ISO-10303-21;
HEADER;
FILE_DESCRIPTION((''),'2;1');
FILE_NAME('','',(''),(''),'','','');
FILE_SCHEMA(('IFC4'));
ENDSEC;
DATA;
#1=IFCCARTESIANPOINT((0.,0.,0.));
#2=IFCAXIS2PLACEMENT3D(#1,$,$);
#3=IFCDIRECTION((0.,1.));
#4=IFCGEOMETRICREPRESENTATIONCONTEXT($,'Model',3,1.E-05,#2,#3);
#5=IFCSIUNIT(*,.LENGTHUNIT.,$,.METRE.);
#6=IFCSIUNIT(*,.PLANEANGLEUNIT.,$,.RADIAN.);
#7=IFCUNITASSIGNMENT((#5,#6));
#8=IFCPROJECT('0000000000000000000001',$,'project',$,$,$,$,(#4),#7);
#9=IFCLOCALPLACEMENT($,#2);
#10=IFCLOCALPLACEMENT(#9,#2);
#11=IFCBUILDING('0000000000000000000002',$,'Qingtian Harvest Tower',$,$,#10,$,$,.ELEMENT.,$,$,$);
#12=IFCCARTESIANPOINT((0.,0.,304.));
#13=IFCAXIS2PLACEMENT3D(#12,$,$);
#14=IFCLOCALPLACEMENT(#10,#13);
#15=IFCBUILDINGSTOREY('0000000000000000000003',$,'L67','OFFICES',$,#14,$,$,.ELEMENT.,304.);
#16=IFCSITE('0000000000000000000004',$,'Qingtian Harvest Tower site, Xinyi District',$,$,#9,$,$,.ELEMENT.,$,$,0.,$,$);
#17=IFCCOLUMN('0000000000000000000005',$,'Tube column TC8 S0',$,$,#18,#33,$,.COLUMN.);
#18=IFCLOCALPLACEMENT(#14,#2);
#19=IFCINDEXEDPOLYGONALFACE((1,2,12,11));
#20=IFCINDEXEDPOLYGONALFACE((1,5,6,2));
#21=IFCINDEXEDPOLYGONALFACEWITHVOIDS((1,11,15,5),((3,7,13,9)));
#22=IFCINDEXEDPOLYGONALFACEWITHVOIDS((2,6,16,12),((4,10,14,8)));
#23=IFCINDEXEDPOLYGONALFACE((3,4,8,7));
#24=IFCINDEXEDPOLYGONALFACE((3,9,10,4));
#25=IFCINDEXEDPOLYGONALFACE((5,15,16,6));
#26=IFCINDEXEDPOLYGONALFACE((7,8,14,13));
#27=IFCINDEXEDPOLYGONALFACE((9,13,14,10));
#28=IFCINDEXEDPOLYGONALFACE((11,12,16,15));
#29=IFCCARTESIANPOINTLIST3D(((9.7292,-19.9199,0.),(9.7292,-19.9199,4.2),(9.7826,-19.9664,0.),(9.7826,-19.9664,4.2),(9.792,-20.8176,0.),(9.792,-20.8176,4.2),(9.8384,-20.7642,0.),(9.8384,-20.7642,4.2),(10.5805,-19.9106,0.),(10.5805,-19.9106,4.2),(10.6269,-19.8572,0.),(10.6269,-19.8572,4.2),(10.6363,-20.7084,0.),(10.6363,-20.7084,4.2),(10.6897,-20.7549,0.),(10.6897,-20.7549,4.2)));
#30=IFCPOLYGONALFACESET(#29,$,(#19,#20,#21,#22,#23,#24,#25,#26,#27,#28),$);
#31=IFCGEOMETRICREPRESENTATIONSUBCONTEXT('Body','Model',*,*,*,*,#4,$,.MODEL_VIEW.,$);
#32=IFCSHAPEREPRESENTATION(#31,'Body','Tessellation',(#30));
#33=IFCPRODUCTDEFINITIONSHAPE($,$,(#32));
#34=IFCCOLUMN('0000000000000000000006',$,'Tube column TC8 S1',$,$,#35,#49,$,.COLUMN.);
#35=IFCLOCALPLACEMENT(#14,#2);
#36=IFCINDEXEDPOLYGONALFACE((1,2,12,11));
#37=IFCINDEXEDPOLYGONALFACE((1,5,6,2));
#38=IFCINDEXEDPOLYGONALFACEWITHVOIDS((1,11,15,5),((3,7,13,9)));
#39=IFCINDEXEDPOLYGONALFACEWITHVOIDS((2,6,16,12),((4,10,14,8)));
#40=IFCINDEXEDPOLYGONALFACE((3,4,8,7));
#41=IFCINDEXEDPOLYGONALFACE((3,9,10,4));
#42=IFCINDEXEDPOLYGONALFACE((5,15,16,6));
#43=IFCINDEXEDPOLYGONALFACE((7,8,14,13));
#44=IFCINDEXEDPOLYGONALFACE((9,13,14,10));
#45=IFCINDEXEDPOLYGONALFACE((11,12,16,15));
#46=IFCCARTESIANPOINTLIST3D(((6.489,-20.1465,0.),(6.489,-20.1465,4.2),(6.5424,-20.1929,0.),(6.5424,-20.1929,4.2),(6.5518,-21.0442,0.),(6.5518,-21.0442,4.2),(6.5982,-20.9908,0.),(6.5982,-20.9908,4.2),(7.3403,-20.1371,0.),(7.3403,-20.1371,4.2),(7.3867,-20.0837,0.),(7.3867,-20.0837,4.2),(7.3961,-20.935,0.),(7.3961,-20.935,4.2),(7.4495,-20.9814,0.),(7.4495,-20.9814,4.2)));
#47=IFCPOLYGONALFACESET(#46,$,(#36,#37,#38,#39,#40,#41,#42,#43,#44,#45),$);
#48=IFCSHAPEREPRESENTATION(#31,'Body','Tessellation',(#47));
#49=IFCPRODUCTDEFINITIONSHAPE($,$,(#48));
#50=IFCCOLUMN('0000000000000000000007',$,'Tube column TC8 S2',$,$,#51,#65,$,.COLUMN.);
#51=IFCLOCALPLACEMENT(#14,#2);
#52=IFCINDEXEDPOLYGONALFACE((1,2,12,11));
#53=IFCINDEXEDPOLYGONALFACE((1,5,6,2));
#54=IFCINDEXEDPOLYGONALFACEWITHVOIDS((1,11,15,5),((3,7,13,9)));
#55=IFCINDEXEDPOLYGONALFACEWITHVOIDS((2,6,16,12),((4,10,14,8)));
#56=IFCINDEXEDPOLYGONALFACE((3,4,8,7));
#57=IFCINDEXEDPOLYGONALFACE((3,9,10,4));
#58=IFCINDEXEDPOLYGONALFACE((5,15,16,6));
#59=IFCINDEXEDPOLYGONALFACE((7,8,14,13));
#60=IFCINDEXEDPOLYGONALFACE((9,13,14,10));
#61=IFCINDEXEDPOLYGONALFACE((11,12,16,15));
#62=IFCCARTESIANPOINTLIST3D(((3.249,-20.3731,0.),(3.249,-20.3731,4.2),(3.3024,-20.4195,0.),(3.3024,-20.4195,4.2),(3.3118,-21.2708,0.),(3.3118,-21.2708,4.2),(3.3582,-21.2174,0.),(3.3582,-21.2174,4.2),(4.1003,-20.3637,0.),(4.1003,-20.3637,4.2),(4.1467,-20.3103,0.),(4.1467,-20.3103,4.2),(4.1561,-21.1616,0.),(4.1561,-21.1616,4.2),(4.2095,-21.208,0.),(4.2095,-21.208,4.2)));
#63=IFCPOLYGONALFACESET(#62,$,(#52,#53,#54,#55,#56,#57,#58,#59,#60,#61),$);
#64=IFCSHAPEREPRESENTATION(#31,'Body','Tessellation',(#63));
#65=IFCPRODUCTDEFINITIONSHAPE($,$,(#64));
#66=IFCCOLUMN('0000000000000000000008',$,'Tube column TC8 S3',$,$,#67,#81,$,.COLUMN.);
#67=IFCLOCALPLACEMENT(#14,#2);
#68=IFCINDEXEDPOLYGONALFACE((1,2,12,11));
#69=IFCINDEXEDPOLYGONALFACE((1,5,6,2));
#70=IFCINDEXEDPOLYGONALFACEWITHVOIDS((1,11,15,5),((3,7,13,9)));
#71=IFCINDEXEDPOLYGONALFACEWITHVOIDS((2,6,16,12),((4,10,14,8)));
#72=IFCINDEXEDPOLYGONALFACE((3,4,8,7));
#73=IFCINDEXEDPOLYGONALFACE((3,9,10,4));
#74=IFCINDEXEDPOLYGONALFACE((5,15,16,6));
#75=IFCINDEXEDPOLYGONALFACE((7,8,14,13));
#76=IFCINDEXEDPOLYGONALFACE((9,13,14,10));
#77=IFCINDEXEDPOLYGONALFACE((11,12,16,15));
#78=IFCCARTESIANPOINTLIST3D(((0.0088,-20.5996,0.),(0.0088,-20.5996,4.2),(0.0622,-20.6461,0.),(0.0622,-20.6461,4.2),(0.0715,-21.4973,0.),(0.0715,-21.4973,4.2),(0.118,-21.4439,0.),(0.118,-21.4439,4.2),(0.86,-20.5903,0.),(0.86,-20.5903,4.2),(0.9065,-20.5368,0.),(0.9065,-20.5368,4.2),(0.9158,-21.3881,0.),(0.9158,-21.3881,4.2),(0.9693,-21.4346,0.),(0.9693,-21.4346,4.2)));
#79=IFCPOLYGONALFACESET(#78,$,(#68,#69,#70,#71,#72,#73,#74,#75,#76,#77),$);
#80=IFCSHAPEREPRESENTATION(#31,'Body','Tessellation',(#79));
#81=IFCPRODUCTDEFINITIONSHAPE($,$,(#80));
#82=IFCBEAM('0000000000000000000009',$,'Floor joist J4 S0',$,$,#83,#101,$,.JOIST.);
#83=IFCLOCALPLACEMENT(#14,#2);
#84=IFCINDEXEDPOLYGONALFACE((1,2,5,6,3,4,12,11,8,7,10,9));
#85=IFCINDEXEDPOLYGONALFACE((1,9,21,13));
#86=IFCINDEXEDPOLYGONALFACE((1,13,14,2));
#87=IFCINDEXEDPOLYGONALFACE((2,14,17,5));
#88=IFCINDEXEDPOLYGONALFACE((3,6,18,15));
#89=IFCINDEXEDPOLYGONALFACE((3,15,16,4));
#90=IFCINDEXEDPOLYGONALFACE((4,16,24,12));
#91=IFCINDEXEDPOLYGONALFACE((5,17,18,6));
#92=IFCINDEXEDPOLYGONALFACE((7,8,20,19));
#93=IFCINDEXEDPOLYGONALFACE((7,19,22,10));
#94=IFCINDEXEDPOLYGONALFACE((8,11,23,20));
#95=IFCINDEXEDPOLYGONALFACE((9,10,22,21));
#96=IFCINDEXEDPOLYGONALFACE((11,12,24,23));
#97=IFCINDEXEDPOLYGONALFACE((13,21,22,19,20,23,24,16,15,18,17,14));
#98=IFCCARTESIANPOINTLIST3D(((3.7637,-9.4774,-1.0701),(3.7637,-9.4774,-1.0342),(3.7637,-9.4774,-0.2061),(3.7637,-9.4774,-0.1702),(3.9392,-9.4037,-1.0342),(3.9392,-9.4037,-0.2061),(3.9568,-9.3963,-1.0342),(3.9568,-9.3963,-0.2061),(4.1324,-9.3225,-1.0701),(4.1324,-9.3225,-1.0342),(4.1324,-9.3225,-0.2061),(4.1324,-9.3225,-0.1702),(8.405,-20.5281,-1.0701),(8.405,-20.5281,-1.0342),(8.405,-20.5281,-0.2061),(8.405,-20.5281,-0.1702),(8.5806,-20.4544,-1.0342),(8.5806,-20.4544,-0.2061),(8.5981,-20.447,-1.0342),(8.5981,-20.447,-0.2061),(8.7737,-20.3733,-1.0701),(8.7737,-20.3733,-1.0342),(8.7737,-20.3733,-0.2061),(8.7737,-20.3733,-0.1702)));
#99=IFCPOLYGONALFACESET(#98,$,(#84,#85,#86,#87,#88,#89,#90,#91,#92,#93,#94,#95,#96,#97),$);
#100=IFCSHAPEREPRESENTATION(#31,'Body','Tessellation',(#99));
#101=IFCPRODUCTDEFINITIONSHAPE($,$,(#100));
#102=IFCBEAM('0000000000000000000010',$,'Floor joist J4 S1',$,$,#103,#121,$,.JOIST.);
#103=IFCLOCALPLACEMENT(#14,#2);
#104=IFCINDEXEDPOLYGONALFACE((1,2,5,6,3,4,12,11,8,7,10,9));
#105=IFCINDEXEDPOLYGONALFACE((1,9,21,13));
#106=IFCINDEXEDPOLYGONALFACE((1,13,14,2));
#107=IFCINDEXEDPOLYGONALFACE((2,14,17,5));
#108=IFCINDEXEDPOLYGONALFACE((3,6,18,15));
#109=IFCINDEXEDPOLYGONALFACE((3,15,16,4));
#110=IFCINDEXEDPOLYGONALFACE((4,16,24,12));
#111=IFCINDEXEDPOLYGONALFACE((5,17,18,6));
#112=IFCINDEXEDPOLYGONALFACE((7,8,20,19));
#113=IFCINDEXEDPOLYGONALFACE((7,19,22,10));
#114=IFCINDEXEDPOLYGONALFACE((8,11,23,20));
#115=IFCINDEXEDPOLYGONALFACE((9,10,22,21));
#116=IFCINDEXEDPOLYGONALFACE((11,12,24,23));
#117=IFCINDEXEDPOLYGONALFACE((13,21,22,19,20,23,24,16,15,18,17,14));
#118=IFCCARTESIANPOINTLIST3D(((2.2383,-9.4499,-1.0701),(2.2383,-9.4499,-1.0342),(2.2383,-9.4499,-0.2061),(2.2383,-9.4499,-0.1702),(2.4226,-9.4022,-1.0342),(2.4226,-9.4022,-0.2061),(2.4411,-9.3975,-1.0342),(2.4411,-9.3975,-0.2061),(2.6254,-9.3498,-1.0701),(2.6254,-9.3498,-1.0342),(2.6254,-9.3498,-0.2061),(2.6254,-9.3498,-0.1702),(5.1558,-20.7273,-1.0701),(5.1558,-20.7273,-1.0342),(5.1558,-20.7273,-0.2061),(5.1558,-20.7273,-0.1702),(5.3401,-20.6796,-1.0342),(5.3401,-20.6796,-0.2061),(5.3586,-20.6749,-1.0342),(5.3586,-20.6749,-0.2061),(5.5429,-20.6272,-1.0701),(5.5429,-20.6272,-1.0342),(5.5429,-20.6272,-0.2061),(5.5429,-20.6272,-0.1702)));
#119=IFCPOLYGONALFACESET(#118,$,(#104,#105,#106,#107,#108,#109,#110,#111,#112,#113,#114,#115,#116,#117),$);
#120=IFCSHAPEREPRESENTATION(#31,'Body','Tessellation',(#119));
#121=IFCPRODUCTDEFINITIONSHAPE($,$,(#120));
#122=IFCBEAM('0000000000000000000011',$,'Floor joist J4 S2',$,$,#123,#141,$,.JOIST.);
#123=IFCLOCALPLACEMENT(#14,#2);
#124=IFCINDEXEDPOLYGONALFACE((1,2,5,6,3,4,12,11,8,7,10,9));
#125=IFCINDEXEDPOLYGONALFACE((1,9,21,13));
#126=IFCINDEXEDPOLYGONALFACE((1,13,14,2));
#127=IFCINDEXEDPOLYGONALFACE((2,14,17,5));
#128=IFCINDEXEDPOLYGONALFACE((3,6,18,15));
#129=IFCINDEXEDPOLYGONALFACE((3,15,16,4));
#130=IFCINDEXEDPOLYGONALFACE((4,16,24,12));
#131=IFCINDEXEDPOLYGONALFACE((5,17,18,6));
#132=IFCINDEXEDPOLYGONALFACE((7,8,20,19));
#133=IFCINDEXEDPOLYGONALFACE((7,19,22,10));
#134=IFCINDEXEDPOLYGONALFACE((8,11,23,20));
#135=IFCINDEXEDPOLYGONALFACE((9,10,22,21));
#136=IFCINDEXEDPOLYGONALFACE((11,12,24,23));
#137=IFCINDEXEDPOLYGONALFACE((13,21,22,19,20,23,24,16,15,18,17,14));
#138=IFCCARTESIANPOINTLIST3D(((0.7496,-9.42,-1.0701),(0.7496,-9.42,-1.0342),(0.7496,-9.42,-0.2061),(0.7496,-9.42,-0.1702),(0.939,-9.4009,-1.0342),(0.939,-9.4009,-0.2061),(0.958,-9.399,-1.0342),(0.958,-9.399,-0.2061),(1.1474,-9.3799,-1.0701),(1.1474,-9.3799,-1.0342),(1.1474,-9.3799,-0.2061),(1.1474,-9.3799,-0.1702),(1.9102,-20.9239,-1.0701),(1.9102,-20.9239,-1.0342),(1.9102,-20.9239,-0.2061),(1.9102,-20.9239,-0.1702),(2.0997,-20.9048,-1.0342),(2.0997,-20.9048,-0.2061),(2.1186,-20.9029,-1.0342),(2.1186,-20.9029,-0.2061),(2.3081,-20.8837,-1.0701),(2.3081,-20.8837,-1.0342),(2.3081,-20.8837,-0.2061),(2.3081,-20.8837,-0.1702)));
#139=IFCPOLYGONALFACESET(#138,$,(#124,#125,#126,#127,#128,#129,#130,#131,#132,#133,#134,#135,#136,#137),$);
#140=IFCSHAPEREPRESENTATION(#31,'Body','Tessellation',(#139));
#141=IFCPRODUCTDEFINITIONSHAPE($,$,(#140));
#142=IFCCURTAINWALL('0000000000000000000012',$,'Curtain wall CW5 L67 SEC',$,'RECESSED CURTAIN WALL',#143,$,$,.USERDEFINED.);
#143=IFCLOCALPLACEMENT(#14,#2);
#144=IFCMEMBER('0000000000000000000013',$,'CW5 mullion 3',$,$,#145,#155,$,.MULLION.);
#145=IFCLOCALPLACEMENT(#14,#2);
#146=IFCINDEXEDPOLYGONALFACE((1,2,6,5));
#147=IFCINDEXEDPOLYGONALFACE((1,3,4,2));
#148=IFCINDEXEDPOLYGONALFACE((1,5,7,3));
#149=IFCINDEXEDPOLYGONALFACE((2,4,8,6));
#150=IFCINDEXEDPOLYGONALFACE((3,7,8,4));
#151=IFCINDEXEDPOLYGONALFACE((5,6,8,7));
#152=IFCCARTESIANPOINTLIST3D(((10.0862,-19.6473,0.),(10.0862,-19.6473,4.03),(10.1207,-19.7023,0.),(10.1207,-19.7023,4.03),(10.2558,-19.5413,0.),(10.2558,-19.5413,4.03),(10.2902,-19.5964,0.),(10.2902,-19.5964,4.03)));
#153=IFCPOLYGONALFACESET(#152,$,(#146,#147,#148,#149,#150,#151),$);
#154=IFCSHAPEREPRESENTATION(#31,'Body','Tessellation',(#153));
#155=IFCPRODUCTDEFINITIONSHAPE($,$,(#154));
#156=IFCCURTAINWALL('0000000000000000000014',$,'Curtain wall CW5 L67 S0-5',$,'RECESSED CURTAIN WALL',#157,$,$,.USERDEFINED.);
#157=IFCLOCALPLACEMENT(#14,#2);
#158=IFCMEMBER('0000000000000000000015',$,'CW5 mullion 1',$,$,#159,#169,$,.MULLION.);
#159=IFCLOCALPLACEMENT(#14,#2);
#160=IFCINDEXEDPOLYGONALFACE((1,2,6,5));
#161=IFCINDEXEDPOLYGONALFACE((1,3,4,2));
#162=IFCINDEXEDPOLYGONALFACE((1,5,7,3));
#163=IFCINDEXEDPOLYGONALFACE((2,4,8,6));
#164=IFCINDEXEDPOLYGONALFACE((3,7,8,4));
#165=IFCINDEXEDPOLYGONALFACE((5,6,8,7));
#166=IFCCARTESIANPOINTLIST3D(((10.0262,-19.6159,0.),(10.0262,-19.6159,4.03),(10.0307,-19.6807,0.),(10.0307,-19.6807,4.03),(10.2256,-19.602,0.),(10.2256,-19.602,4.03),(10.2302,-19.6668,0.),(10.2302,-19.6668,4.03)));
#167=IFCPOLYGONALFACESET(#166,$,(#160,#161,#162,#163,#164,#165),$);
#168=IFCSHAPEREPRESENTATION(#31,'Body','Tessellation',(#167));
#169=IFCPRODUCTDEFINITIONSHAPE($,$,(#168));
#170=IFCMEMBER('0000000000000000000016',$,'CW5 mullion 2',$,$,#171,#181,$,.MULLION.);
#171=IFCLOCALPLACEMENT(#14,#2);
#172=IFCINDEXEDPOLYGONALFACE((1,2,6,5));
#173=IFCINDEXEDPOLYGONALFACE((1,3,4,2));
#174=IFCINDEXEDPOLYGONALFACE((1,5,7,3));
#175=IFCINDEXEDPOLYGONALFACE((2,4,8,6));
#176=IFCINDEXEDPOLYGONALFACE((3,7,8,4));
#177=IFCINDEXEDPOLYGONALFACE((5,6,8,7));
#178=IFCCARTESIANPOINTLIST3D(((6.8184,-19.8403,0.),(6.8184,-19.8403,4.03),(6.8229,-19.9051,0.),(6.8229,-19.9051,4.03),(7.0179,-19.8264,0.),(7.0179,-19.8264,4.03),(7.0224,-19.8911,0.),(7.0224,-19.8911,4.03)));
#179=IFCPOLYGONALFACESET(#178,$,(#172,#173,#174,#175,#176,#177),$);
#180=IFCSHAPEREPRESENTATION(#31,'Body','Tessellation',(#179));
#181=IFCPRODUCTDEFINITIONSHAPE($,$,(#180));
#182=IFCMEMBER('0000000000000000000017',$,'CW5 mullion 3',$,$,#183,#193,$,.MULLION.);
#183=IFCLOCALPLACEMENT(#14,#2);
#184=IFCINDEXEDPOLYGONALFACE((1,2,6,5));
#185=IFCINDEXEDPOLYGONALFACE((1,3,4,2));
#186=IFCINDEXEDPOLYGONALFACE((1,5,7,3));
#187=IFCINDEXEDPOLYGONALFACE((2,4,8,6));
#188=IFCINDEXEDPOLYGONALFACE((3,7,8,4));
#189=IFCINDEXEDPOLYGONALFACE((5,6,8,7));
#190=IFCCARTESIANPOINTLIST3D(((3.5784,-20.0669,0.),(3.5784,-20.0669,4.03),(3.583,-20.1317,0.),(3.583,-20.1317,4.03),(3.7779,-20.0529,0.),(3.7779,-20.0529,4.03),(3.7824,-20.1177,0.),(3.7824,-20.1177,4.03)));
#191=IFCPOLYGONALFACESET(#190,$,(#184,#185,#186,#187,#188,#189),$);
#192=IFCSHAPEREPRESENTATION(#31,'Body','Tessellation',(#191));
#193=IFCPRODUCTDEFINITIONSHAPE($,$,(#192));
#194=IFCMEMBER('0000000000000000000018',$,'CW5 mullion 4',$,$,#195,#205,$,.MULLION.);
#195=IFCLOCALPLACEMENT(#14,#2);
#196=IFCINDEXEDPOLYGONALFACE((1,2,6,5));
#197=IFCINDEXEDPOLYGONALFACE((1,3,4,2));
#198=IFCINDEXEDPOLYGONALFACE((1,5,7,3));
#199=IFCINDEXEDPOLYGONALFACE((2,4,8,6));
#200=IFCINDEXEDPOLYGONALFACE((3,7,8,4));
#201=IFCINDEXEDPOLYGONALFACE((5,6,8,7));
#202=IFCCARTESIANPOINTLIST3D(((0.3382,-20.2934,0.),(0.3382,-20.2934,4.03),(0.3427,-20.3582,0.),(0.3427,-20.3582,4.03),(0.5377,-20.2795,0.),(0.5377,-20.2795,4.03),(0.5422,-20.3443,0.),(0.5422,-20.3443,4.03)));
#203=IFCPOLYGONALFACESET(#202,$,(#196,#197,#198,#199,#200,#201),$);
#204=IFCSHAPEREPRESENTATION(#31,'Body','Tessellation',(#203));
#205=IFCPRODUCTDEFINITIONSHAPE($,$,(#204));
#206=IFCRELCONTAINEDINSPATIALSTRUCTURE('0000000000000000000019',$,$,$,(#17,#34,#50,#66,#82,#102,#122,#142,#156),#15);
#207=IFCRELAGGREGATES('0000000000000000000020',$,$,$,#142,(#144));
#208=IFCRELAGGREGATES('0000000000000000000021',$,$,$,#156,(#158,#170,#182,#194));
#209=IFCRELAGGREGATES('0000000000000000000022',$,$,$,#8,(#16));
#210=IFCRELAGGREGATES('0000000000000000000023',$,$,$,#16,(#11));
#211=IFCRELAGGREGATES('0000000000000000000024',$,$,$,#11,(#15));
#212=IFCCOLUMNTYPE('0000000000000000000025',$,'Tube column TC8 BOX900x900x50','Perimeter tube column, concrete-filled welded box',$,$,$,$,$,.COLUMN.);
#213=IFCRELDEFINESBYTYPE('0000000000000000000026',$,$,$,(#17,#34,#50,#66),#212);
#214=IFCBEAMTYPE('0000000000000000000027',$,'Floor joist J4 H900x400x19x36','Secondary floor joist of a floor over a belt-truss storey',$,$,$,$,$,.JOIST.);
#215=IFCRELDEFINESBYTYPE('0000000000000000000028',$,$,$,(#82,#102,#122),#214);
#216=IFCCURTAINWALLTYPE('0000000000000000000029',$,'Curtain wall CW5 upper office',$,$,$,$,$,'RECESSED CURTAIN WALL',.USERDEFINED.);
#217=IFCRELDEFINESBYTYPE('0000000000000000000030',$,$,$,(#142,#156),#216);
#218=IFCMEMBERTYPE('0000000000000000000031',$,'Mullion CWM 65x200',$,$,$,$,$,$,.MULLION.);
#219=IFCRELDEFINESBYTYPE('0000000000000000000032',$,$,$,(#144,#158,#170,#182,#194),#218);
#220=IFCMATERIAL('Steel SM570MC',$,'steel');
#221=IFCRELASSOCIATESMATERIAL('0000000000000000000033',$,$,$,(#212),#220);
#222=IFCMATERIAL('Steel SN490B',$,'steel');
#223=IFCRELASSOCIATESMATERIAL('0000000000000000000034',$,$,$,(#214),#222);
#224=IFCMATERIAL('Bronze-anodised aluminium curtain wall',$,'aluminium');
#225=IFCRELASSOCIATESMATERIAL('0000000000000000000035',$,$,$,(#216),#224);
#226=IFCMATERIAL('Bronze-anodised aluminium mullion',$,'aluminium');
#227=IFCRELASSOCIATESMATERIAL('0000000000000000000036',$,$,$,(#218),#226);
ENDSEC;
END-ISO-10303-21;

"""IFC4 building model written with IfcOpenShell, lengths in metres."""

from ifc_helpers import new_model, si_unit, direction, frame, origin, origin_2d, place, context, subcontext, project, spatial, rectangle, hollow_rectangle, i_section, extrude, material, material_profile, profile_set, type_object, element, aggregate, save


model = new_model("IFC4")

# Units and contexts
model_context = context("Model", 3, precision=1e-05, world=origin(), true_north=direction((0.0, 1.0)))
body_context = subcontext(model_context, "Body", "Model", "MODEL_VIEW")
ifc_project = project(units=[si_unit("LENGTHUNIT", "METRE"), si_unit("PLANEANGLEUNIT", "RADIAN")], contexts=[model_context])

# Site, building, storey
site_placement = place(None, origin())
site = spatial("IfcSite", under=ifc_project, at=site_placement, Name="Qingtian Harvest Tower site, Xinyi District", CompositionType="ELEMENT", RefElevation=0.0)
building_placement = place(site_placement, origin())
building = spatial("IfcBuilding", under=site, at=building_placement, Name="Qingtian Harvest Tower", CompositionType="ELEMENT")
storey_placement = place(building_placement, frame((0.0, 0.0, 304.0)))
storey = spatial("IfcBuildingStorey", under=building, at=storey_placement, Name="L67", Description="OFFICES", CompositionType="ELEMENT", Elevation=304.0)

# Columns
ifc_material_1 = material(Name="Steel SM570MC", Category="steel")
ifc_material_profile_1 = material_profile(ifc_material_1, hollow_rectangle(XDim=0.8999, YDim=0.8999, WallThickness=0.05, at=origin_2d()), Name="BOX900x900x50")
ifc_profile_set_1 = profile_set([ifc_material_profile_1], Name="Steel SM570MC")
column_type = type_object("IfcColumnType", Name="Tube column TC8 BOX900x900x50", Description="Perimeter tube column, concrete-filled welded box", PredefinedType="COLUMN", material=ifc_profile_set_1)
for number, where, z_axis, x_axis, name in (
    (1, (10.2095, -20.3374, 0.0), (0.0, 0.0, 1.0), (0.997564, 0.069756, 0.0), "Tube column TC8 S0"),
    (2, (6.9692, -20.564, 0.0), (0.0, 0.0, 1.0), (0.997564, 0.069756, 0.0), "Tube column TC8 S1"),
    (3, (3.7292, -20.7905, 0.0), (0.0, 0.0, 1.0), (0.997564, 0.069756, 0.0), "Tube column TC8 S2"),
    (4, (0.489, -21.0171, 0.0), (0.0, 0.0, 1.0), (0.997564, 0.069756, 0.0), "Tube column TC8 S3"),
):
    element("IfcColumn", number, at=place(storey_placement, frame(where, z_axis=z_axis, x_axis=x_axis)), inside=storey, type_object=column_type, Name=name, PredefinedType="COLUMN", context=body_context, shape_type="SweptSolid", body=[
        extrude(hollow_rectangle(XDim=0.8999, YDim=0.8999, WallThickness=0.05, at=origin_2d()), origin(), (0.0, 0.0, 1.0), 4.2),
    ])

# Beams
ifc_material_2 = material(Name="Steel SN490B", Category="steel")
ifc_material_profile_2 = material_profile(ifc_material_2, i_section(OverallWidth=0.3999, OverallDepth=0.8999, WebThickness=0.019, FlangeThickness=0.0359, at=origin_2d()), Name="H900x400x19x36")
ifc_profile_set_2 = profile_set([ifc_material_profile_2], Name="Steel SN490B")
beam_type_1 = type_object("IfcBeamType", Name="Floor joist J4 H900x400x19x36", Description="Secondary floor joist of a floor over a belt-truss storey", PredefinedType="JOIST", material=ifc_profile_set_2)
beam_1_placement = place(storey_placement, frame((8.5894, -20.4507, -0.6201), z_axis=(-0.387235, 0.921981, 0.0), x_axis=(-0.921981, -0.387235, 0.0)))
element("IfcBeam", 5, at=beam_1_placement, inside=storey, type_object=beam_type_1, Name="Floor joist J4 S0", PredefinedType="JOIST", context=body_context, shape_type="SweptSolid", body=[
    extrude(i_section(OverallWidth=0.3999, OverallDepth=0.8999, WebThickness=0.019, FlangeThickness=0.0359, at=origin_2d()), origin(), (0.0, 0.0, 1.0), 11.9858),
])
beam_2_placement = place(storey_placement, frame((5.3494, -20.6772, -0.6201), z_axis=(-0.250457, 0.968128, 0.0), x_axis=(-0.968128, -0.250457, 0.0)))
element("IfcBeam", 6, at=beam_2_placement, inside=storey, type_object=beam_type_1, Name="Floor joist J4 S1", PredefinedType="JOIST", context=body_context, shape_type="SweptSolid", body=[
    extrude(i_section(OverallWidth=0.3999, OverallDepth=0.8999, WebThickness=0.019, FlangeThickness=0.0359, at=origin_2d()), origin(), (0.0, 0.0, 1.0), 11.6487),
])
beam_3_placement = place(storey_placement, frame((2.1091, -20.9038, -0.6201), z_axis=(-0.100382, 0.994949, 0.0), x_axis=(-0.994949, -0.100382, 0.0)))
element("IfcBeam", 7, at=beam_3_placement, inside=storey, type_object=beam_type_1, Name="Floor joist J4 S2", PredefinedType="JOIST", context=body_context, shape_type="SweptSolid", body=[
    extrude(i_section(OverallWidth=0.3999, OverallDepth=0.8999, WebThickness=0.019, FlangeThickness=0.0359, at=origin_2d()), origin(), (0.0, 0.0, 1.0), 11.5623),
])

# Curtain wall, member
ifc_material_3 = material(Name="Bronze-anodised aluminium curtain wall", Category="aluminium")
curtain_wall_type = type_object("IfcCurtainWallType", Name="Curtain wall CW5 upper office", ElementType="RECESSED CURTAIN WALL", PredefinedType="USERDEFINED", material=ifc_material_3)
curtain_wall_1_placement = place(storey_placement, origin())
curtain_wall_1 = element("IfcCurtainWall", 8, at=curtain_wall_1_placement, inside=storey, type_object=curtain_wall_type, Name="Curtain wall CW5 L67 SEC", ObjectType="RECESSED CURTAIN WALL", PredefinedType="USERDEFINED")
ifc_material_4 = material(Name="Bronze-anodised aluminium mullion", Category="aluminium")
ifc_material_profile_3 = material_profile(ifc_material_4, rectangle(XDim=0.0649, YDim=0.2, at=origin_2d()), Name="AL 65x200")
ifc_profile_set_3 = profile_set([ifc_material_profile_3], Name="Bronze-anodised aluminium mullion")
member_type_1 = type_object("IfcMemberType", Name="Mullion CWM 65x200", PredefinedType="MULLION", material=ifc_profile_set_3)
member_1_placement = place(storey_placement, frame((10.1882, -19.6218, 0.0), z_axis=(0.0, 0.0, 1.0), x_axis=(0.529919, -0.848048, 0.0)))
member_1 = element("IfcMember", 9, at=member_1_placement, type_object=member_type_1, Name="CW5 mullion 3", PredefinedType="MULLION", context=body_context, shape_type="SweptSolid", body=[
    extrude(rectangle(XDim=0.0649, YDim=0.2, at=origin_2d()), origin(), (0.0, 0.0, 1.0), 4.03),
])

# Curtain wall, members
curtain_wall_2_placement = place(storey_placement, origin())
curtain_wall_2 = element("IfcCurtainWall", 10, at=curtain_wall_2_placement, inside=storey, type_object=curtain_wall_type, Name="Curtain wall CW5 L67 S0-5", ObjectType="RECESSED CURTAIN WALL", PredefinedType="USERDEFINED")
member_2_placement = place(storey_placement, frame((10.1282, -19.6414, 0.0), z_axis=(0.0, 0.0, 1.0), x_axis=(0.069756, -0.997564, 0.0)))
member_2 = element("IfcMember", 11, at=member_2_placement, type_object=member_type_1, Name="CW5 mullion 1", PredefinedType="MULLION", context=body_context, shape_type="SweptSolid", body=[
    extrude(rectangle(XDim=0.0649, YDim=0.2, at=origin_2d()), origin(), (0.0, 0.0, 1.0), 4.03),
])
member_3_placement = place(storey_placement, frame((6.9204, -19.8657, 0.0), z_axis=(0.0, 0.0, 1.0), x_axis=(0.069756, -0.997564, 0.0)))
member_3 = element("IfcMember", 12, at=member_3_placement, type_object=member_type_1, Name="CW5 mullion 2", PredefinedType="MULLION", context=body_context, shape_type="SweptSolid", body=[
    extrude(rectangle(XDim=0.0649, YDim=0.2, at=origin_2d()), origin(), (0.0, 0.0, 1.0), 4.03),
])
member_4_placement = place(storey_placement, frame((3.6804, -20.0923, 0.0), z_axis=(0.0, 0.0, 1.0), x_axis=(0.069756, -0.997564, 0.0)))
member_4 = element("IfcMember", 13, at=member_4_placement, type_object=member_type_1, Name="CW5 mullion 3", PredefinedType="MULLION", context=body_context, shape_type="SweptSolid", body=[
    extrude(rectangle(XDim=0.0649, YDim=0.2, at=origin_2d()), origin(), (0.0, 0.0, 1.0), 4.03),
])
member_5_placement = place(storey_placement, frame((0.4402, -20.3188, 0.0), z_axis=(0.0, 0.0, 1.0), x_axis=(0.069756, -0.997564, 0.0)))
member_5 = element("IfcMember", 14, at=member_5_placement, type_object=member_type_1, Name="CW5 mullion 4", PredefinedType="MULLION", context=body_context, shape_type="SweptSolid", body=[
    extrude(rectangle(XDim=0.0649, YDim=0.2, at=origin_2d()), origin(), (0.0, 0.0, 1.0), 4.03),
])

aggregate(curtain_wall_1, [member_1])
aggregate(curtain_wall_2, [member_2, member_3, member_4, member_5])

save(model, "model.ifc")
